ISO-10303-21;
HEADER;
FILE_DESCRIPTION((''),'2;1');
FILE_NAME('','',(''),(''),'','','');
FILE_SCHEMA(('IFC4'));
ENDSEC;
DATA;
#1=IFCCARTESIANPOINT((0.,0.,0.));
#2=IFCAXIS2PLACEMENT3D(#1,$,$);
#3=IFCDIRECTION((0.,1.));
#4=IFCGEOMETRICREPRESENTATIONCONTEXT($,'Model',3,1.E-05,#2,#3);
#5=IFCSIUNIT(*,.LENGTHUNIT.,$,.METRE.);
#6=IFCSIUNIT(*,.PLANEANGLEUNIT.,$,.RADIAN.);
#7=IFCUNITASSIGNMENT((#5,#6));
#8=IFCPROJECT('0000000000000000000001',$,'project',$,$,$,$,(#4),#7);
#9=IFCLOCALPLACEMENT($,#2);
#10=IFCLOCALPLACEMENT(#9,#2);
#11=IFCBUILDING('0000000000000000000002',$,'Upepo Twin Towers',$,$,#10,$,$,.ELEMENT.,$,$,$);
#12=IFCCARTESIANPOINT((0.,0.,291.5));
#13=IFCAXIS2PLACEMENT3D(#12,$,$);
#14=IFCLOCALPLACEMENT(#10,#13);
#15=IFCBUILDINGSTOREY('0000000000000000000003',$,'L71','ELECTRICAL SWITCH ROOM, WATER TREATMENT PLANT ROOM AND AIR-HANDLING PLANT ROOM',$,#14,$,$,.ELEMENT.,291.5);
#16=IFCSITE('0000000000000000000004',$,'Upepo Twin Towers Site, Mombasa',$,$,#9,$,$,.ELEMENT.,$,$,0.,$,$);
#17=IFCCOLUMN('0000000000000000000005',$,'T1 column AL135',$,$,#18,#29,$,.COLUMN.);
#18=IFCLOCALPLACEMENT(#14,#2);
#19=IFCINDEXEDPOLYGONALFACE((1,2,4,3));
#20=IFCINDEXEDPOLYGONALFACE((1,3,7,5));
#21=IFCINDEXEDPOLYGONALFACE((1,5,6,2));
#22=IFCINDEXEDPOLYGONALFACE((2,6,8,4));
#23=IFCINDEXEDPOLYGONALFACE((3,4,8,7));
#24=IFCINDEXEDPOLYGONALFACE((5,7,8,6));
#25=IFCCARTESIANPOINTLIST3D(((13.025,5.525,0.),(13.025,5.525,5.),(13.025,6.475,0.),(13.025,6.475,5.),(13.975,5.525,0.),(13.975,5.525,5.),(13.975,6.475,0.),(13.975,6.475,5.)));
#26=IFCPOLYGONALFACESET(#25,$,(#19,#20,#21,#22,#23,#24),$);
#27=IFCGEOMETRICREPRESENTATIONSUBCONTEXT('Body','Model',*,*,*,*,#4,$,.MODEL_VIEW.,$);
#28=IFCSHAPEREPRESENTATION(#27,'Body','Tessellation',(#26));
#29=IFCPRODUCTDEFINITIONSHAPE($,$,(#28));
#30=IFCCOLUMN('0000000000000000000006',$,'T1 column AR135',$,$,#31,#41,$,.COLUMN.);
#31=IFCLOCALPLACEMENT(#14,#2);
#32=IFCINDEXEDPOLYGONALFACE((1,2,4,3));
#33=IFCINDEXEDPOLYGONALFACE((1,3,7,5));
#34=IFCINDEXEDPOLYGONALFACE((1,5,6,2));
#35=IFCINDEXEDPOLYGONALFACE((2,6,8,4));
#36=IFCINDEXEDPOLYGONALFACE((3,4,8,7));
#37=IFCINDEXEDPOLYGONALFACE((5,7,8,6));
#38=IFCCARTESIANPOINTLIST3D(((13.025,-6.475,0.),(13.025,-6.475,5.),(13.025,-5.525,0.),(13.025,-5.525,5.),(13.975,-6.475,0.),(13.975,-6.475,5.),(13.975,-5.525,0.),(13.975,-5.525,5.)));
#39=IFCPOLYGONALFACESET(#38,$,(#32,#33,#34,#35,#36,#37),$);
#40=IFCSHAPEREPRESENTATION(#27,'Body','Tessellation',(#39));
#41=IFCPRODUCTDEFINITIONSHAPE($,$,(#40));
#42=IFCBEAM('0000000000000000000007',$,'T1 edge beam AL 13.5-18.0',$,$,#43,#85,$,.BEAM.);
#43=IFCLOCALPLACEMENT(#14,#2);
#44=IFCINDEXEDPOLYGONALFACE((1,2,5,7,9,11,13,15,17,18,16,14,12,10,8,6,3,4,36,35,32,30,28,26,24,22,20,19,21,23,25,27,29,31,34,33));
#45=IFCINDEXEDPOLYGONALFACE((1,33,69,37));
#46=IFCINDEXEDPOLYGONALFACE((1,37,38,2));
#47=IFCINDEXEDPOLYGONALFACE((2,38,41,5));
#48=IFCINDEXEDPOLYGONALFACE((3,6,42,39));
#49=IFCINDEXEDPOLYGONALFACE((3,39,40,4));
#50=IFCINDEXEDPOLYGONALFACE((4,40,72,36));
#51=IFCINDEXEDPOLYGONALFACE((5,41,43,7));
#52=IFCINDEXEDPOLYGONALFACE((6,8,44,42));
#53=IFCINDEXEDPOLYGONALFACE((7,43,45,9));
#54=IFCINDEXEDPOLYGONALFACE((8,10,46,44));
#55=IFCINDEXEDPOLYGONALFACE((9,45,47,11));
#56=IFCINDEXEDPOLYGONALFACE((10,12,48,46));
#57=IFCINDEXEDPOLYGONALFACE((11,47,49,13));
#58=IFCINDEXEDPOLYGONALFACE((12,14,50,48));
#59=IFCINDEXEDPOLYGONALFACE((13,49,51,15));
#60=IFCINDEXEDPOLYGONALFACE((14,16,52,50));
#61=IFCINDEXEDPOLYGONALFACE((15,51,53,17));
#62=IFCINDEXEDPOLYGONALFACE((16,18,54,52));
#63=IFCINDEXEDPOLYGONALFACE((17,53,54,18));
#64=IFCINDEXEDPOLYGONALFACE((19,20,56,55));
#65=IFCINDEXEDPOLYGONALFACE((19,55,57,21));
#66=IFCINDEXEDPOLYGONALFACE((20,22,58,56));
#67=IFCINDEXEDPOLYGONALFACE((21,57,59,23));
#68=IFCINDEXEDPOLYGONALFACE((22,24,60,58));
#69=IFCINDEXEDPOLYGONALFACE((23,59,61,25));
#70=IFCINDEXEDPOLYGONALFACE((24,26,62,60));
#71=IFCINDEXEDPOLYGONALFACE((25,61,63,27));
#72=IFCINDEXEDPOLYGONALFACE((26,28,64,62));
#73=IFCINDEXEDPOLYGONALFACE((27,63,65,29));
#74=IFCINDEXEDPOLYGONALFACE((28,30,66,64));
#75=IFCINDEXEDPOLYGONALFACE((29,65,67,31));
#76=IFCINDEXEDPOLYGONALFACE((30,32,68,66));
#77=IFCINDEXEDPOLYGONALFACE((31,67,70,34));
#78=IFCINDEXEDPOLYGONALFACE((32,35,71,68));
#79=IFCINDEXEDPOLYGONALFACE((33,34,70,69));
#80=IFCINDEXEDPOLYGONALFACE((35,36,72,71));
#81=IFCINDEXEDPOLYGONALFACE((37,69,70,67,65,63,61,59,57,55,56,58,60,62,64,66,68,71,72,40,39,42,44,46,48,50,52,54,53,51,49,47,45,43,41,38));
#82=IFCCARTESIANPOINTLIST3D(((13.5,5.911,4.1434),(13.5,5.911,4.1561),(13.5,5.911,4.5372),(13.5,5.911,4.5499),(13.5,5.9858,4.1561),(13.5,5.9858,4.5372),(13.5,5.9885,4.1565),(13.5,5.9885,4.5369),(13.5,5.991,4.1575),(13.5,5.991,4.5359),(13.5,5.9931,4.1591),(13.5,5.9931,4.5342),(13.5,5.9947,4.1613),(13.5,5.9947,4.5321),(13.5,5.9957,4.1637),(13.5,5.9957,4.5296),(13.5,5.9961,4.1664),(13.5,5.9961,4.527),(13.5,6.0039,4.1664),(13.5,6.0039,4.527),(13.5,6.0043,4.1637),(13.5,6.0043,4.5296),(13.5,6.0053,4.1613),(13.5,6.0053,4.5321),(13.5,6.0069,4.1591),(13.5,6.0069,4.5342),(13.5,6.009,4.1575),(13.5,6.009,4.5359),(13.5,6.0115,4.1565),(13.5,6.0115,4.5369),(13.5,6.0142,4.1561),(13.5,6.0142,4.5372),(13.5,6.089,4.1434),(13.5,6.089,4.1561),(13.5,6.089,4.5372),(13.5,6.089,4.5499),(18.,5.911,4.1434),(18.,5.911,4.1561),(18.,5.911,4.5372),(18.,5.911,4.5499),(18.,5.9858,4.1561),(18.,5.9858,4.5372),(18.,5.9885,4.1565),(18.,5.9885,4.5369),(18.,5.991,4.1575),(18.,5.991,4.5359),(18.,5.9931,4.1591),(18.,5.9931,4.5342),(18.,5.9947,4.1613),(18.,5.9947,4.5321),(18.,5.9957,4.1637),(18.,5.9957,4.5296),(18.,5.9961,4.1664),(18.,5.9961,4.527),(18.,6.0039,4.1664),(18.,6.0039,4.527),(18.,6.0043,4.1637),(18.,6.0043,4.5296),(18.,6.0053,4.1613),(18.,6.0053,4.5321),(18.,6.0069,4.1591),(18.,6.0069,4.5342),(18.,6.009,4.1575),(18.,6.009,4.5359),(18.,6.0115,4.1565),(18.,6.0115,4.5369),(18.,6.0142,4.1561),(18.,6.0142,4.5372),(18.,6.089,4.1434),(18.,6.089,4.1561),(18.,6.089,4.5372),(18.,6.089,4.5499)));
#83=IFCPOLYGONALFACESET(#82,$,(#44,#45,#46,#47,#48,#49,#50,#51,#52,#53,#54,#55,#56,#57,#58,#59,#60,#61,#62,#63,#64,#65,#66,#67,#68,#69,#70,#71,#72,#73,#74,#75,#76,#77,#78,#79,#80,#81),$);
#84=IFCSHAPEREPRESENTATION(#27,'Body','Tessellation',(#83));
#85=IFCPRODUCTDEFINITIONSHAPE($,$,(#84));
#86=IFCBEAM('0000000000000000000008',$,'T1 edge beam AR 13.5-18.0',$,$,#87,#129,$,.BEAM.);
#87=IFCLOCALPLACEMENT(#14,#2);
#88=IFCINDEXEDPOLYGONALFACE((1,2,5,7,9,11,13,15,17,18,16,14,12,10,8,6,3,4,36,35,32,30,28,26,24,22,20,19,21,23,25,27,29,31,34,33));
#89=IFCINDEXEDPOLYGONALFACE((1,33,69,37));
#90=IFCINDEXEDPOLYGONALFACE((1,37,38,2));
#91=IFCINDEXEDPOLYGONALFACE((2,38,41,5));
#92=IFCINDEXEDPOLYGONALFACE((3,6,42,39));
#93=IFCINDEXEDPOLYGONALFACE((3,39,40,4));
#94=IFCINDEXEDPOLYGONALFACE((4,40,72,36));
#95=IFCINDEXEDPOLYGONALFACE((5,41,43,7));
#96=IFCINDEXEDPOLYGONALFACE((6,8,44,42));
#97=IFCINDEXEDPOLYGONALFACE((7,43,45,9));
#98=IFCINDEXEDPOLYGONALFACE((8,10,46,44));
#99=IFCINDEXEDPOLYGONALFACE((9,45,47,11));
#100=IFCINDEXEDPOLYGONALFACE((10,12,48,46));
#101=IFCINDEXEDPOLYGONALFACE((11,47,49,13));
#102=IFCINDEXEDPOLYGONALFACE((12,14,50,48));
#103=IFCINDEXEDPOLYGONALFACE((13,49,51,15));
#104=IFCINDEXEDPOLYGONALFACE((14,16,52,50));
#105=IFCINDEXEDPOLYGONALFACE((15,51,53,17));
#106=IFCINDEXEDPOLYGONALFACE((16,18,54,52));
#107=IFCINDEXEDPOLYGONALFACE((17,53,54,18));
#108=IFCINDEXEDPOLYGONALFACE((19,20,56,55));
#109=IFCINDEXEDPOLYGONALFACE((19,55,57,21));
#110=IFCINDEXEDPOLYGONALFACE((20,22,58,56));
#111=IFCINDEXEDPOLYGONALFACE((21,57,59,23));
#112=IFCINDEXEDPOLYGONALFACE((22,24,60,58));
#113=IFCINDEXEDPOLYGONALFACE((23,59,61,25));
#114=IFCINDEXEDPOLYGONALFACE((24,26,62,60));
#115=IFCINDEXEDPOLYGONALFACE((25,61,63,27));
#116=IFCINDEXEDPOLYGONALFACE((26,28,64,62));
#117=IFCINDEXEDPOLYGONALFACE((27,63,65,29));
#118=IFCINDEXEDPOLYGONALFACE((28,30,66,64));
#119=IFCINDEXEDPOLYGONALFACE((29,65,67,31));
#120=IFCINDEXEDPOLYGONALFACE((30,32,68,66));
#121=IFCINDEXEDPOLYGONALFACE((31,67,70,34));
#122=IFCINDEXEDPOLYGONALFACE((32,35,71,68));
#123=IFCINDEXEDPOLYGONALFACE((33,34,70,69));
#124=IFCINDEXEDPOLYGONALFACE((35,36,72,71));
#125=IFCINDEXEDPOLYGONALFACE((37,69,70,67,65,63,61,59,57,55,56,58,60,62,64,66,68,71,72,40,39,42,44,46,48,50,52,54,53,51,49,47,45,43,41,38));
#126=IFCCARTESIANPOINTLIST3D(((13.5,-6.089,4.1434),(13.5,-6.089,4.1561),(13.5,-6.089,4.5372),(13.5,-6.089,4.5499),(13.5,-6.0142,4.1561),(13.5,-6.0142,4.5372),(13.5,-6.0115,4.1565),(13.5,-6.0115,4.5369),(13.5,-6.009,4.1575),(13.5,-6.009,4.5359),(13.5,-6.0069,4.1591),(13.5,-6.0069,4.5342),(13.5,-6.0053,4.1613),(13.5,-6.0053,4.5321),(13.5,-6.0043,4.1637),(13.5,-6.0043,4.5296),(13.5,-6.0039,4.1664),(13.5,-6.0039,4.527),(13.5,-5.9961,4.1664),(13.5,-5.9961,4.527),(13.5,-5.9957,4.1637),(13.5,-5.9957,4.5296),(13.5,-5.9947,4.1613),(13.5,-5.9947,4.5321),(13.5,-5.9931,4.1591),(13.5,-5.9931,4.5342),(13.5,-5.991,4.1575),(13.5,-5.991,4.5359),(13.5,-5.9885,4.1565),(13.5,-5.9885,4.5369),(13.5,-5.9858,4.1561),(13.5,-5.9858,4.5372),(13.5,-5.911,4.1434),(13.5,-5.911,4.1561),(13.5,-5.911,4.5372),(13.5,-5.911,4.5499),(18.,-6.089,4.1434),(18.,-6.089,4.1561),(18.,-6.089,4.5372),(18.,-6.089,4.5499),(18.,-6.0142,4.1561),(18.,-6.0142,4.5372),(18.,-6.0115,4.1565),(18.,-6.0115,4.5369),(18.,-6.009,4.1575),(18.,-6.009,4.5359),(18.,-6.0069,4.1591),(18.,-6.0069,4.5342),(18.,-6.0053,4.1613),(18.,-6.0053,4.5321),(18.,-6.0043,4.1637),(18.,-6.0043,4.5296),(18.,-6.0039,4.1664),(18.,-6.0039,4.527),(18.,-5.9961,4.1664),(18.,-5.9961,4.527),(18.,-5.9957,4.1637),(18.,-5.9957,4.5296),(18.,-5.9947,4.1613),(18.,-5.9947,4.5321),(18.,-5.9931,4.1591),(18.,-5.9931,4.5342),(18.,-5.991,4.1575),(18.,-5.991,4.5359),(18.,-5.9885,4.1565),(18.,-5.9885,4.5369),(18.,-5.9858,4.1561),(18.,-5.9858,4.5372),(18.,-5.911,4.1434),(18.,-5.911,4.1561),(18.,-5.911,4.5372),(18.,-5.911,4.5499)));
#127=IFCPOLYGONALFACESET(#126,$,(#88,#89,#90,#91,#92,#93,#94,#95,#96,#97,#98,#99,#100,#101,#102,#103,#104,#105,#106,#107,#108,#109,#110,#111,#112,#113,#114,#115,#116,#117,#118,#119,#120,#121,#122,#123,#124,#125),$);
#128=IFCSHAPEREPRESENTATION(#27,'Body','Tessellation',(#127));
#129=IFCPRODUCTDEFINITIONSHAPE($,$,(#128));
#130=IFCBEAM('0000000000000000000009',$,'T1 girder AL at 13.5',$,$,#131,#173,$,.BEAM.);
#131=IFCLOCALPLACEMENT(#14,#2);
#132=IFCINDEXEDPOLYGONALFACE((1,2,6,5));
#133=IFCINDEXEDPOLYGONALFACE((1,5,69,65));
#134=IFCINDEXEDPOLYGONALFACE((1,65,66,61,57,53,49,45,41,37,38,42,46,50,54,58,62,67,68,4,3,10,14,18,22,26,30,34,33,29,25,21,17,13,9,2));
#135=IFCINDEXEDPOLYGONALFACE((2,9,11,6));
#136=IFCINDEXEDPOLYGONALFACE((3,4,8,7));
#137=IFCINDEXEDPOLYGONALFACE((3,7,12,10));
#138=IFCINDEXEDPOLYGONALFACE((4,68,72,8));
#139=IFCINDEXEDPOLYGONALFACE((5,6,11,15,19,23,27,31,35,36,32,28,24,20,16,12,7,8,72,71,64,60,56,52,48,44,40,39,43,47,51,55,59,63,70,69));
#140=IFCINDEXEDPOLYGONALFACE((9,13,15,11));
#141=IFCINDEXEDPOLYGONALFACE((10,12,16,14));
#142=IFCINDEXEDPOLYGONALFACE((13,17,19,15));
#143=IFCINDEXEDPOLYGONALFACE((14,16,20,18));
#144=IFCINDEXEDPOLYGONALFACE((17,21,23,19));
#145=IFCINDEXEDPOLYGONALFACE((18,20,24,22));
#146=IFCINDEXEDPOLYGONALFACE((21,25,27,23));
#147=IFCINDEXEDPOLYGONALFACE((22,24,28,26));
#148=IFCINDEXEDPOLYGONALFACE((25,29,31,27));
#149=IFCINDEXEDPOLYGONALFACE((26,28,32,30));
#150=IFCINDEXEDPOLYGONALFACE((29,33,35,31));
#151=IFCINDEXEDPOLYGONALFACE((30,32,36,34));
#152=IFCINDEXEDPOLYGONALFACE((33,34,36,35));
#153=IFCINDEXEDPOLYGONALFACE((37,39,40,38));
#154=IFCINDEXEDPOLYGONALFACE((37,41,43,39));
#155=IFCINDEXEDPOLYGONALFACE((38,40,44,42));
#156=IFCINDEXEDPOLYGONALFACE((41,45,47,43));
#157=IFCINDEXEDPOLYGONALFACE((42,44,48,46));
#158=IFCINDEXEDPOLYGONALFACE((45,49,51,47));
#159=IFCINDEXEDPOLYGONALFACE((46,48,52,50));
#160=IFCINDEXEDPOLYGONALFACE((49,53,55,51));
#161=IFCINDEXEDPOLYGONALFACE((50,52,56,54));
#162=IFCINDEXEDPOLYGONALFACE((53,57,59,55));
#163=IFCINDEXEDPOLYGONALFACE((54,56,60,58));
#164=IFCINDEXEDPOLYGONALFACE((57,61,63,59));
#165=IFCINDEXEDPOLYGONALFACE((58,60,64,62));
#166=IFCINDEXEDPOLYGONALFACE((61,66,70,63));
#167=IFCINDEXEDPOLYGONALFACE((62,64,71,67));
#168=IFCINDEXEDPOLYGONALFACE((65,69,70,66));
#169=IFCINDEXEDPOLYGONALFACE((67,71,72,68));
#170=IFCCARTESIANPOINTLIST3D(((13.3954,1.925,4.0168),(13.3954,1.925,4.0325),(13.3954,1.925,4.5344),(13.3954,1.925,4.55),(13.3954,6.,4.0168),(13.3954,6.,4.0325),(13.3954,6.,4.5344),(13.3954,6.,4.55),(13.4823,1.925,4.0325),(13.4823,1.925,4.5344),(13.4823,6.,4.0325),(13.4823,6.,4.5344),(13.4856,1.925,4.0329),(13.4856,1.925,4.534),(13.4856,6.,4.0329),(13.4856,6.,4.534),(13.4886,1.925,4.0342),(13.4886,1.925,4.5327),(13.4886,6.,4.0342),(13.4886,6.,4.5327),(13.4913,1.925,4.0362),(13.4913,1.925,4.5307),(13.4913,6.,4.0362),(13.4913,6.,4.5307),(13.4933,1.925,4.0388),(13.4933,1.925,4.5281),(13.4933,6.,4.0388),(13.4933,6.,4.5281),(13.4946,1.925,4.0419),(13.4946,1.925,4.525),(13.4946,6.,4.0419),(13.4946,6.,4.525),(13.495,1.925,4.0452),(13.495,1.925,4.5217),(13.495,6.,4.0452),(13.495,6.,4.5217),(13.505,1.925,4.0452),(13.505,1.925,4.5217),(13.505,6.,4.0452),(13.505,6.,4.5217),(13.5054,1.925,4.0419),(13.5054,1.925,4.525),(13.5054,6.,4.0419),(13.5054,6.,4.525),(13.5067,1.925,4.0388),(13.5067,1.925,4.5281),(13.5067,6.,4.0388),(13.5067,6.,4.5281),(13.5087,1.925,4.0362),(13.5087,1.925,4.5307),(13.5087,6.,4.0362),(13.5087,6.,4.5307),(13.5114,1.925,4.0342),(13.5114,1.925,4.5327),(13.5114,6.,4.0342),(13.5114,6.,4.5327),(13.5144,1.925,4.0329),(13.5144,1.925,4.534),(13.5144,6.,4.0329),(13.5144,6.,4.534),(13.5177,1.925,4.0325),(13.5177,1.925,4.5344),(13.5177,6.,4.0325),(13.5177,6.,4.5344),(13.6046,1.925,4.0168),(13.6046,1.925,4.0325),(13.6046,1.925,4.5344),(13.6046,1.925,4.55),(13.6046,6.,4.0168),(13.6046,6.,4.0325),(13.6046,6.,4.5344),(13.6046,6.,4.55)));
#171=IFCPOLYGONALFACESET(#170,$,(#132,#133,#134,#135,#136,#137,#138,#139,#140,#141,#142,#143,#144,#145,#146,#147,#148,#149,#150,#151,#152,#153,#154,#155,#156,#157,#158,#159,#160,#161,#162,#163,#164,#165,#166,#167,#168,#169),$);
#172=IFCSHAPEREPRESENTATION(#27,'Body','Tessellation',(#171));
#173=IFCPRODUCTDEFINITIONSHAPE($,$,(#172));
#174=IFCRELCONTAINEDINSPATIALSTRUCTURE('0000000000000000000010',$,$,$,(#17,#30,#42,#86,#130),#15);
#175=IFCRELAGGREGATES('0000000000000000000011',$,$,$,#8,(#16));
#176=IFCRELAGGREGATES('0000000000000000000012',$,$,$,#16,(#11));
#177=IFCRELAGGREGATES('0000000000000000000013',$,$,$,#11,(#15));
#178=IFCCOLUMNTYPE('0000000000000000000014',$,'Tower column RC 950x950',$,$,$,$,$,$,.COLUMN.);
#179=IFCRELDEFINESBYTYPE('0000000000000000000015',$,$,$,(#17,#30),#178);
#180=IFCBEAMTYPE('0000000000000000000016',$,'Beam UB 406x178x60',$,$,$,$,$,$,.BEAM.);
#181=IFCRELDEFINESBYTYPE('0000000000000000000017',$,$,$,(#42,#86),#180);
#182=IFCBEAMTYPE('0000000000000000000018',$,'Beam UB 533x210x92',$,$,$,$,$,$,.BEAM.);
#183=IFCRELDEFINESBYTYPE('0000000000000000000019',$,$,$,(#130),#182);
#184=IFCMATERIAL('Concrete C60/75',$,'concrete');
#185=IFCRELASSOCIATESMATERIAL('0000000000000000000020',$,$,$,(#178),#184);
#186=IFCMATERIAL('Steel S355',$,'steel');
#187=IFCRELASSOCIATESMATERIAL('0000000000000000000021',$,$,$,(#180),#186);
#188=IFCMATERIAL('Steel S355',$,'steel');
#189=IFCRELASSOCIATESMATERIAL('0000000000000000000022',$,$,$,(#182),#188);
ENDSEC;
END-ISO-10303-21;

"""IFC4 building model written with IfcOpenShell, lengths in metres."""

from ifc_helpers import new_model, si_unit, direction, frame, origin, origin_2d, place, context, subcontext, project, spatial, rectangle, i_section, extrude, material, material_profile, profile_set, type_object, element, save


model = new_model("IFC4")

# Units and contexts
model_context = context("Model", 3, precision=1e-05, world=origin(), true_north=direction((0.0, 1.0)))
body_context = subcontext(model_context, "Body", "Model", "MODEL_VIEW")
ifc_project = project(units=[si_unit("LENGTHUNIT", "METRE"), si_unit("PLANEANGLEUNIT", "RADIAN")], contexts=[model_context])

# Site, building, storey
site_placement = place(None, origin())
site = spatial("IfcSite", under=ifc_project, at=site_placement, Name="Upepo Twin Towers Site, Mombasa", CompositionType="ELEMENT", RefElevation=0.0)
building_placement = place(site_placement, origin())
building = spatial("IfcBuilding", under=site, at=building_placement, Name="Upepo Twin Towers", CompositionType="ELEMENT")
storey_placement = place(building_placement, frame((0.0, 0.0, 291.5)))
storey = spatial("IfcBuildingStorey", under=building, at=storey_placement, Name="L71", Description="ELECTRICAL SWITCH ROOM, WATER TREATMENT PLANT ROOM AND AIR-HANDLING PLANT ROOM", CompositionType="ELEMENT", Elevation=291.5)

# Columns
ifc_material_1 = material(Name="Concrete C60/75", Category="concrete")
ifc_material_profile_1 = material_profile(ifc_material_1, rectangle(XDim=0.95, YDim=0.95, at=origin_2d()), Name="RC 950x950")
ifc_profile_set_1 = profile_set([ifc_material_profile_1], Name="Concrete C60/75")
column_type = type_object("IfcColumnType", Name="Tower column RC 950x950", PredefinedType="COLUMN", material=ifc_profile_set_1)
for number, where, z_axis, x_axis, name in (
    (1, (13.5, 6.0, 0.0), (0.0, 0.0, 1.0), (1.0, 0.0, 0.0), "T1 column AL135"),
    (2, (13.5, -6.0, 0.0), (0.0, 0.0, 1.0), (1.0, 0.0, 0.0), "T1 column AR135"),
):
    element("IfcColumn", number, at=place(storey_placement, frame(where, z_axis=z_axis, x_axis=x_axis)), inside=storey, type_object=column_type, Name=name, PredefinedType="COLUMN", context=body_context, shape_type="SweptSolid", body=[
        extrude(rectangle(XDim=0.95, YDim=0.95, at=origin_2d()), origin(), (0.0, 0.0, 1.0), 5.0),
    ])

# Beams
ifc_material_2 = material(Name="Steel S355", Category="steel")
ifc_material_profile_2 = material_profile(ifc_material_2, i_section(OverallWidth=0.178, OverallDepth=0.4065, WebThickness=0.0078, FlangeThickness=0.0127, FilletRadius=0.0103, at=origin_2d()), Name="UB 406x178x60")
ifc_profile_set_2 = profile_set([ifc_material_profile_2], Name="Steel S355")
beam_type_1 = type_object("IfcBeamType", Name="Beam UB 406x178x60", PredefinedType="BEAM", material=ifc_profile_set_2)
for number, where, z_axis, x_axis, name in (
    (3, (13.5, 6.0, 4.3467), (1.0, 0.0, 0.0), (0.0, 1.0, 0.0), "T1 edge beam AL 13.5-18.0"),
    (4, (13.5, -6.0, 4.3467), (1.0, 0.0, 0.0), (0.0, 1.0, 0.0), "T1 edge beam AR 13.5-18.0"),
):
    element("IfcBeam", number, at=place(storey_placement, frame(where, z_axis=z_axis, x_axis=x_axis)), inside=storey, type_object=beam_type_1, Name=name, PredefinedType="BEAM", context=body_context, shape_type="SweptSolid", body=[
        extrude(i_section(OverallWidth=0.178, OverallDepth=0.4065, WebThickness=0.0078, FlangeThickness=0.0127, FilletRadius=0.0103, at=origin_2d()), origin(), (0.0, 0.0, 1.0), 4.5),
    ])
ifc_material_3 = material(Name="Steel S355", Category="steel")
ifc_material_profile_3 = material_profile(ifc_material_3, i_section(OverallWidth=0.2092, OverallDepth=0.5332, WebThickness=0.01, FlangeThickness=0.0156, FilletRadius=0.0127, at=origin_2d()), Name="UB 533x210x92")
ifc_profile_set_3 = profile_set([ifc_material_profile_3], Name="Steel S355")
beam_type_2 = type_object("IfcBeamType", Name="Beam UB 533x210x92", PredefinedType="BEAM", material=ifc_profile_set_3)
for number, where, z_axis, x_axis, name in (
    (5, (13.5, 6.0, 4.2834), (0.0, -1.0, 0.0), (1.0, 0.0, 0.0), "T1 girder AL at 13.5"),
):
    element("IfcBeam", number, at=place(storey_placement, frame(where, z_axis=z_axis, x_axis=x_axis)), inside=storey, type_object=beam_type_2, Name=name, PredefinedType="BEAM", context=body_context, shape_type="SweptSolid", body=[
        extrude(i_section(OverallWidth=0.2092, OverallDepth=0.5332, WebThickness=0.01, FlangeThickness=0.0156, FilletRadius=0.0127, at=origin_2d()), origin(), (0.0, 0.0, 1.0), 4.075),
    ])

save(model, "model.ifc")
